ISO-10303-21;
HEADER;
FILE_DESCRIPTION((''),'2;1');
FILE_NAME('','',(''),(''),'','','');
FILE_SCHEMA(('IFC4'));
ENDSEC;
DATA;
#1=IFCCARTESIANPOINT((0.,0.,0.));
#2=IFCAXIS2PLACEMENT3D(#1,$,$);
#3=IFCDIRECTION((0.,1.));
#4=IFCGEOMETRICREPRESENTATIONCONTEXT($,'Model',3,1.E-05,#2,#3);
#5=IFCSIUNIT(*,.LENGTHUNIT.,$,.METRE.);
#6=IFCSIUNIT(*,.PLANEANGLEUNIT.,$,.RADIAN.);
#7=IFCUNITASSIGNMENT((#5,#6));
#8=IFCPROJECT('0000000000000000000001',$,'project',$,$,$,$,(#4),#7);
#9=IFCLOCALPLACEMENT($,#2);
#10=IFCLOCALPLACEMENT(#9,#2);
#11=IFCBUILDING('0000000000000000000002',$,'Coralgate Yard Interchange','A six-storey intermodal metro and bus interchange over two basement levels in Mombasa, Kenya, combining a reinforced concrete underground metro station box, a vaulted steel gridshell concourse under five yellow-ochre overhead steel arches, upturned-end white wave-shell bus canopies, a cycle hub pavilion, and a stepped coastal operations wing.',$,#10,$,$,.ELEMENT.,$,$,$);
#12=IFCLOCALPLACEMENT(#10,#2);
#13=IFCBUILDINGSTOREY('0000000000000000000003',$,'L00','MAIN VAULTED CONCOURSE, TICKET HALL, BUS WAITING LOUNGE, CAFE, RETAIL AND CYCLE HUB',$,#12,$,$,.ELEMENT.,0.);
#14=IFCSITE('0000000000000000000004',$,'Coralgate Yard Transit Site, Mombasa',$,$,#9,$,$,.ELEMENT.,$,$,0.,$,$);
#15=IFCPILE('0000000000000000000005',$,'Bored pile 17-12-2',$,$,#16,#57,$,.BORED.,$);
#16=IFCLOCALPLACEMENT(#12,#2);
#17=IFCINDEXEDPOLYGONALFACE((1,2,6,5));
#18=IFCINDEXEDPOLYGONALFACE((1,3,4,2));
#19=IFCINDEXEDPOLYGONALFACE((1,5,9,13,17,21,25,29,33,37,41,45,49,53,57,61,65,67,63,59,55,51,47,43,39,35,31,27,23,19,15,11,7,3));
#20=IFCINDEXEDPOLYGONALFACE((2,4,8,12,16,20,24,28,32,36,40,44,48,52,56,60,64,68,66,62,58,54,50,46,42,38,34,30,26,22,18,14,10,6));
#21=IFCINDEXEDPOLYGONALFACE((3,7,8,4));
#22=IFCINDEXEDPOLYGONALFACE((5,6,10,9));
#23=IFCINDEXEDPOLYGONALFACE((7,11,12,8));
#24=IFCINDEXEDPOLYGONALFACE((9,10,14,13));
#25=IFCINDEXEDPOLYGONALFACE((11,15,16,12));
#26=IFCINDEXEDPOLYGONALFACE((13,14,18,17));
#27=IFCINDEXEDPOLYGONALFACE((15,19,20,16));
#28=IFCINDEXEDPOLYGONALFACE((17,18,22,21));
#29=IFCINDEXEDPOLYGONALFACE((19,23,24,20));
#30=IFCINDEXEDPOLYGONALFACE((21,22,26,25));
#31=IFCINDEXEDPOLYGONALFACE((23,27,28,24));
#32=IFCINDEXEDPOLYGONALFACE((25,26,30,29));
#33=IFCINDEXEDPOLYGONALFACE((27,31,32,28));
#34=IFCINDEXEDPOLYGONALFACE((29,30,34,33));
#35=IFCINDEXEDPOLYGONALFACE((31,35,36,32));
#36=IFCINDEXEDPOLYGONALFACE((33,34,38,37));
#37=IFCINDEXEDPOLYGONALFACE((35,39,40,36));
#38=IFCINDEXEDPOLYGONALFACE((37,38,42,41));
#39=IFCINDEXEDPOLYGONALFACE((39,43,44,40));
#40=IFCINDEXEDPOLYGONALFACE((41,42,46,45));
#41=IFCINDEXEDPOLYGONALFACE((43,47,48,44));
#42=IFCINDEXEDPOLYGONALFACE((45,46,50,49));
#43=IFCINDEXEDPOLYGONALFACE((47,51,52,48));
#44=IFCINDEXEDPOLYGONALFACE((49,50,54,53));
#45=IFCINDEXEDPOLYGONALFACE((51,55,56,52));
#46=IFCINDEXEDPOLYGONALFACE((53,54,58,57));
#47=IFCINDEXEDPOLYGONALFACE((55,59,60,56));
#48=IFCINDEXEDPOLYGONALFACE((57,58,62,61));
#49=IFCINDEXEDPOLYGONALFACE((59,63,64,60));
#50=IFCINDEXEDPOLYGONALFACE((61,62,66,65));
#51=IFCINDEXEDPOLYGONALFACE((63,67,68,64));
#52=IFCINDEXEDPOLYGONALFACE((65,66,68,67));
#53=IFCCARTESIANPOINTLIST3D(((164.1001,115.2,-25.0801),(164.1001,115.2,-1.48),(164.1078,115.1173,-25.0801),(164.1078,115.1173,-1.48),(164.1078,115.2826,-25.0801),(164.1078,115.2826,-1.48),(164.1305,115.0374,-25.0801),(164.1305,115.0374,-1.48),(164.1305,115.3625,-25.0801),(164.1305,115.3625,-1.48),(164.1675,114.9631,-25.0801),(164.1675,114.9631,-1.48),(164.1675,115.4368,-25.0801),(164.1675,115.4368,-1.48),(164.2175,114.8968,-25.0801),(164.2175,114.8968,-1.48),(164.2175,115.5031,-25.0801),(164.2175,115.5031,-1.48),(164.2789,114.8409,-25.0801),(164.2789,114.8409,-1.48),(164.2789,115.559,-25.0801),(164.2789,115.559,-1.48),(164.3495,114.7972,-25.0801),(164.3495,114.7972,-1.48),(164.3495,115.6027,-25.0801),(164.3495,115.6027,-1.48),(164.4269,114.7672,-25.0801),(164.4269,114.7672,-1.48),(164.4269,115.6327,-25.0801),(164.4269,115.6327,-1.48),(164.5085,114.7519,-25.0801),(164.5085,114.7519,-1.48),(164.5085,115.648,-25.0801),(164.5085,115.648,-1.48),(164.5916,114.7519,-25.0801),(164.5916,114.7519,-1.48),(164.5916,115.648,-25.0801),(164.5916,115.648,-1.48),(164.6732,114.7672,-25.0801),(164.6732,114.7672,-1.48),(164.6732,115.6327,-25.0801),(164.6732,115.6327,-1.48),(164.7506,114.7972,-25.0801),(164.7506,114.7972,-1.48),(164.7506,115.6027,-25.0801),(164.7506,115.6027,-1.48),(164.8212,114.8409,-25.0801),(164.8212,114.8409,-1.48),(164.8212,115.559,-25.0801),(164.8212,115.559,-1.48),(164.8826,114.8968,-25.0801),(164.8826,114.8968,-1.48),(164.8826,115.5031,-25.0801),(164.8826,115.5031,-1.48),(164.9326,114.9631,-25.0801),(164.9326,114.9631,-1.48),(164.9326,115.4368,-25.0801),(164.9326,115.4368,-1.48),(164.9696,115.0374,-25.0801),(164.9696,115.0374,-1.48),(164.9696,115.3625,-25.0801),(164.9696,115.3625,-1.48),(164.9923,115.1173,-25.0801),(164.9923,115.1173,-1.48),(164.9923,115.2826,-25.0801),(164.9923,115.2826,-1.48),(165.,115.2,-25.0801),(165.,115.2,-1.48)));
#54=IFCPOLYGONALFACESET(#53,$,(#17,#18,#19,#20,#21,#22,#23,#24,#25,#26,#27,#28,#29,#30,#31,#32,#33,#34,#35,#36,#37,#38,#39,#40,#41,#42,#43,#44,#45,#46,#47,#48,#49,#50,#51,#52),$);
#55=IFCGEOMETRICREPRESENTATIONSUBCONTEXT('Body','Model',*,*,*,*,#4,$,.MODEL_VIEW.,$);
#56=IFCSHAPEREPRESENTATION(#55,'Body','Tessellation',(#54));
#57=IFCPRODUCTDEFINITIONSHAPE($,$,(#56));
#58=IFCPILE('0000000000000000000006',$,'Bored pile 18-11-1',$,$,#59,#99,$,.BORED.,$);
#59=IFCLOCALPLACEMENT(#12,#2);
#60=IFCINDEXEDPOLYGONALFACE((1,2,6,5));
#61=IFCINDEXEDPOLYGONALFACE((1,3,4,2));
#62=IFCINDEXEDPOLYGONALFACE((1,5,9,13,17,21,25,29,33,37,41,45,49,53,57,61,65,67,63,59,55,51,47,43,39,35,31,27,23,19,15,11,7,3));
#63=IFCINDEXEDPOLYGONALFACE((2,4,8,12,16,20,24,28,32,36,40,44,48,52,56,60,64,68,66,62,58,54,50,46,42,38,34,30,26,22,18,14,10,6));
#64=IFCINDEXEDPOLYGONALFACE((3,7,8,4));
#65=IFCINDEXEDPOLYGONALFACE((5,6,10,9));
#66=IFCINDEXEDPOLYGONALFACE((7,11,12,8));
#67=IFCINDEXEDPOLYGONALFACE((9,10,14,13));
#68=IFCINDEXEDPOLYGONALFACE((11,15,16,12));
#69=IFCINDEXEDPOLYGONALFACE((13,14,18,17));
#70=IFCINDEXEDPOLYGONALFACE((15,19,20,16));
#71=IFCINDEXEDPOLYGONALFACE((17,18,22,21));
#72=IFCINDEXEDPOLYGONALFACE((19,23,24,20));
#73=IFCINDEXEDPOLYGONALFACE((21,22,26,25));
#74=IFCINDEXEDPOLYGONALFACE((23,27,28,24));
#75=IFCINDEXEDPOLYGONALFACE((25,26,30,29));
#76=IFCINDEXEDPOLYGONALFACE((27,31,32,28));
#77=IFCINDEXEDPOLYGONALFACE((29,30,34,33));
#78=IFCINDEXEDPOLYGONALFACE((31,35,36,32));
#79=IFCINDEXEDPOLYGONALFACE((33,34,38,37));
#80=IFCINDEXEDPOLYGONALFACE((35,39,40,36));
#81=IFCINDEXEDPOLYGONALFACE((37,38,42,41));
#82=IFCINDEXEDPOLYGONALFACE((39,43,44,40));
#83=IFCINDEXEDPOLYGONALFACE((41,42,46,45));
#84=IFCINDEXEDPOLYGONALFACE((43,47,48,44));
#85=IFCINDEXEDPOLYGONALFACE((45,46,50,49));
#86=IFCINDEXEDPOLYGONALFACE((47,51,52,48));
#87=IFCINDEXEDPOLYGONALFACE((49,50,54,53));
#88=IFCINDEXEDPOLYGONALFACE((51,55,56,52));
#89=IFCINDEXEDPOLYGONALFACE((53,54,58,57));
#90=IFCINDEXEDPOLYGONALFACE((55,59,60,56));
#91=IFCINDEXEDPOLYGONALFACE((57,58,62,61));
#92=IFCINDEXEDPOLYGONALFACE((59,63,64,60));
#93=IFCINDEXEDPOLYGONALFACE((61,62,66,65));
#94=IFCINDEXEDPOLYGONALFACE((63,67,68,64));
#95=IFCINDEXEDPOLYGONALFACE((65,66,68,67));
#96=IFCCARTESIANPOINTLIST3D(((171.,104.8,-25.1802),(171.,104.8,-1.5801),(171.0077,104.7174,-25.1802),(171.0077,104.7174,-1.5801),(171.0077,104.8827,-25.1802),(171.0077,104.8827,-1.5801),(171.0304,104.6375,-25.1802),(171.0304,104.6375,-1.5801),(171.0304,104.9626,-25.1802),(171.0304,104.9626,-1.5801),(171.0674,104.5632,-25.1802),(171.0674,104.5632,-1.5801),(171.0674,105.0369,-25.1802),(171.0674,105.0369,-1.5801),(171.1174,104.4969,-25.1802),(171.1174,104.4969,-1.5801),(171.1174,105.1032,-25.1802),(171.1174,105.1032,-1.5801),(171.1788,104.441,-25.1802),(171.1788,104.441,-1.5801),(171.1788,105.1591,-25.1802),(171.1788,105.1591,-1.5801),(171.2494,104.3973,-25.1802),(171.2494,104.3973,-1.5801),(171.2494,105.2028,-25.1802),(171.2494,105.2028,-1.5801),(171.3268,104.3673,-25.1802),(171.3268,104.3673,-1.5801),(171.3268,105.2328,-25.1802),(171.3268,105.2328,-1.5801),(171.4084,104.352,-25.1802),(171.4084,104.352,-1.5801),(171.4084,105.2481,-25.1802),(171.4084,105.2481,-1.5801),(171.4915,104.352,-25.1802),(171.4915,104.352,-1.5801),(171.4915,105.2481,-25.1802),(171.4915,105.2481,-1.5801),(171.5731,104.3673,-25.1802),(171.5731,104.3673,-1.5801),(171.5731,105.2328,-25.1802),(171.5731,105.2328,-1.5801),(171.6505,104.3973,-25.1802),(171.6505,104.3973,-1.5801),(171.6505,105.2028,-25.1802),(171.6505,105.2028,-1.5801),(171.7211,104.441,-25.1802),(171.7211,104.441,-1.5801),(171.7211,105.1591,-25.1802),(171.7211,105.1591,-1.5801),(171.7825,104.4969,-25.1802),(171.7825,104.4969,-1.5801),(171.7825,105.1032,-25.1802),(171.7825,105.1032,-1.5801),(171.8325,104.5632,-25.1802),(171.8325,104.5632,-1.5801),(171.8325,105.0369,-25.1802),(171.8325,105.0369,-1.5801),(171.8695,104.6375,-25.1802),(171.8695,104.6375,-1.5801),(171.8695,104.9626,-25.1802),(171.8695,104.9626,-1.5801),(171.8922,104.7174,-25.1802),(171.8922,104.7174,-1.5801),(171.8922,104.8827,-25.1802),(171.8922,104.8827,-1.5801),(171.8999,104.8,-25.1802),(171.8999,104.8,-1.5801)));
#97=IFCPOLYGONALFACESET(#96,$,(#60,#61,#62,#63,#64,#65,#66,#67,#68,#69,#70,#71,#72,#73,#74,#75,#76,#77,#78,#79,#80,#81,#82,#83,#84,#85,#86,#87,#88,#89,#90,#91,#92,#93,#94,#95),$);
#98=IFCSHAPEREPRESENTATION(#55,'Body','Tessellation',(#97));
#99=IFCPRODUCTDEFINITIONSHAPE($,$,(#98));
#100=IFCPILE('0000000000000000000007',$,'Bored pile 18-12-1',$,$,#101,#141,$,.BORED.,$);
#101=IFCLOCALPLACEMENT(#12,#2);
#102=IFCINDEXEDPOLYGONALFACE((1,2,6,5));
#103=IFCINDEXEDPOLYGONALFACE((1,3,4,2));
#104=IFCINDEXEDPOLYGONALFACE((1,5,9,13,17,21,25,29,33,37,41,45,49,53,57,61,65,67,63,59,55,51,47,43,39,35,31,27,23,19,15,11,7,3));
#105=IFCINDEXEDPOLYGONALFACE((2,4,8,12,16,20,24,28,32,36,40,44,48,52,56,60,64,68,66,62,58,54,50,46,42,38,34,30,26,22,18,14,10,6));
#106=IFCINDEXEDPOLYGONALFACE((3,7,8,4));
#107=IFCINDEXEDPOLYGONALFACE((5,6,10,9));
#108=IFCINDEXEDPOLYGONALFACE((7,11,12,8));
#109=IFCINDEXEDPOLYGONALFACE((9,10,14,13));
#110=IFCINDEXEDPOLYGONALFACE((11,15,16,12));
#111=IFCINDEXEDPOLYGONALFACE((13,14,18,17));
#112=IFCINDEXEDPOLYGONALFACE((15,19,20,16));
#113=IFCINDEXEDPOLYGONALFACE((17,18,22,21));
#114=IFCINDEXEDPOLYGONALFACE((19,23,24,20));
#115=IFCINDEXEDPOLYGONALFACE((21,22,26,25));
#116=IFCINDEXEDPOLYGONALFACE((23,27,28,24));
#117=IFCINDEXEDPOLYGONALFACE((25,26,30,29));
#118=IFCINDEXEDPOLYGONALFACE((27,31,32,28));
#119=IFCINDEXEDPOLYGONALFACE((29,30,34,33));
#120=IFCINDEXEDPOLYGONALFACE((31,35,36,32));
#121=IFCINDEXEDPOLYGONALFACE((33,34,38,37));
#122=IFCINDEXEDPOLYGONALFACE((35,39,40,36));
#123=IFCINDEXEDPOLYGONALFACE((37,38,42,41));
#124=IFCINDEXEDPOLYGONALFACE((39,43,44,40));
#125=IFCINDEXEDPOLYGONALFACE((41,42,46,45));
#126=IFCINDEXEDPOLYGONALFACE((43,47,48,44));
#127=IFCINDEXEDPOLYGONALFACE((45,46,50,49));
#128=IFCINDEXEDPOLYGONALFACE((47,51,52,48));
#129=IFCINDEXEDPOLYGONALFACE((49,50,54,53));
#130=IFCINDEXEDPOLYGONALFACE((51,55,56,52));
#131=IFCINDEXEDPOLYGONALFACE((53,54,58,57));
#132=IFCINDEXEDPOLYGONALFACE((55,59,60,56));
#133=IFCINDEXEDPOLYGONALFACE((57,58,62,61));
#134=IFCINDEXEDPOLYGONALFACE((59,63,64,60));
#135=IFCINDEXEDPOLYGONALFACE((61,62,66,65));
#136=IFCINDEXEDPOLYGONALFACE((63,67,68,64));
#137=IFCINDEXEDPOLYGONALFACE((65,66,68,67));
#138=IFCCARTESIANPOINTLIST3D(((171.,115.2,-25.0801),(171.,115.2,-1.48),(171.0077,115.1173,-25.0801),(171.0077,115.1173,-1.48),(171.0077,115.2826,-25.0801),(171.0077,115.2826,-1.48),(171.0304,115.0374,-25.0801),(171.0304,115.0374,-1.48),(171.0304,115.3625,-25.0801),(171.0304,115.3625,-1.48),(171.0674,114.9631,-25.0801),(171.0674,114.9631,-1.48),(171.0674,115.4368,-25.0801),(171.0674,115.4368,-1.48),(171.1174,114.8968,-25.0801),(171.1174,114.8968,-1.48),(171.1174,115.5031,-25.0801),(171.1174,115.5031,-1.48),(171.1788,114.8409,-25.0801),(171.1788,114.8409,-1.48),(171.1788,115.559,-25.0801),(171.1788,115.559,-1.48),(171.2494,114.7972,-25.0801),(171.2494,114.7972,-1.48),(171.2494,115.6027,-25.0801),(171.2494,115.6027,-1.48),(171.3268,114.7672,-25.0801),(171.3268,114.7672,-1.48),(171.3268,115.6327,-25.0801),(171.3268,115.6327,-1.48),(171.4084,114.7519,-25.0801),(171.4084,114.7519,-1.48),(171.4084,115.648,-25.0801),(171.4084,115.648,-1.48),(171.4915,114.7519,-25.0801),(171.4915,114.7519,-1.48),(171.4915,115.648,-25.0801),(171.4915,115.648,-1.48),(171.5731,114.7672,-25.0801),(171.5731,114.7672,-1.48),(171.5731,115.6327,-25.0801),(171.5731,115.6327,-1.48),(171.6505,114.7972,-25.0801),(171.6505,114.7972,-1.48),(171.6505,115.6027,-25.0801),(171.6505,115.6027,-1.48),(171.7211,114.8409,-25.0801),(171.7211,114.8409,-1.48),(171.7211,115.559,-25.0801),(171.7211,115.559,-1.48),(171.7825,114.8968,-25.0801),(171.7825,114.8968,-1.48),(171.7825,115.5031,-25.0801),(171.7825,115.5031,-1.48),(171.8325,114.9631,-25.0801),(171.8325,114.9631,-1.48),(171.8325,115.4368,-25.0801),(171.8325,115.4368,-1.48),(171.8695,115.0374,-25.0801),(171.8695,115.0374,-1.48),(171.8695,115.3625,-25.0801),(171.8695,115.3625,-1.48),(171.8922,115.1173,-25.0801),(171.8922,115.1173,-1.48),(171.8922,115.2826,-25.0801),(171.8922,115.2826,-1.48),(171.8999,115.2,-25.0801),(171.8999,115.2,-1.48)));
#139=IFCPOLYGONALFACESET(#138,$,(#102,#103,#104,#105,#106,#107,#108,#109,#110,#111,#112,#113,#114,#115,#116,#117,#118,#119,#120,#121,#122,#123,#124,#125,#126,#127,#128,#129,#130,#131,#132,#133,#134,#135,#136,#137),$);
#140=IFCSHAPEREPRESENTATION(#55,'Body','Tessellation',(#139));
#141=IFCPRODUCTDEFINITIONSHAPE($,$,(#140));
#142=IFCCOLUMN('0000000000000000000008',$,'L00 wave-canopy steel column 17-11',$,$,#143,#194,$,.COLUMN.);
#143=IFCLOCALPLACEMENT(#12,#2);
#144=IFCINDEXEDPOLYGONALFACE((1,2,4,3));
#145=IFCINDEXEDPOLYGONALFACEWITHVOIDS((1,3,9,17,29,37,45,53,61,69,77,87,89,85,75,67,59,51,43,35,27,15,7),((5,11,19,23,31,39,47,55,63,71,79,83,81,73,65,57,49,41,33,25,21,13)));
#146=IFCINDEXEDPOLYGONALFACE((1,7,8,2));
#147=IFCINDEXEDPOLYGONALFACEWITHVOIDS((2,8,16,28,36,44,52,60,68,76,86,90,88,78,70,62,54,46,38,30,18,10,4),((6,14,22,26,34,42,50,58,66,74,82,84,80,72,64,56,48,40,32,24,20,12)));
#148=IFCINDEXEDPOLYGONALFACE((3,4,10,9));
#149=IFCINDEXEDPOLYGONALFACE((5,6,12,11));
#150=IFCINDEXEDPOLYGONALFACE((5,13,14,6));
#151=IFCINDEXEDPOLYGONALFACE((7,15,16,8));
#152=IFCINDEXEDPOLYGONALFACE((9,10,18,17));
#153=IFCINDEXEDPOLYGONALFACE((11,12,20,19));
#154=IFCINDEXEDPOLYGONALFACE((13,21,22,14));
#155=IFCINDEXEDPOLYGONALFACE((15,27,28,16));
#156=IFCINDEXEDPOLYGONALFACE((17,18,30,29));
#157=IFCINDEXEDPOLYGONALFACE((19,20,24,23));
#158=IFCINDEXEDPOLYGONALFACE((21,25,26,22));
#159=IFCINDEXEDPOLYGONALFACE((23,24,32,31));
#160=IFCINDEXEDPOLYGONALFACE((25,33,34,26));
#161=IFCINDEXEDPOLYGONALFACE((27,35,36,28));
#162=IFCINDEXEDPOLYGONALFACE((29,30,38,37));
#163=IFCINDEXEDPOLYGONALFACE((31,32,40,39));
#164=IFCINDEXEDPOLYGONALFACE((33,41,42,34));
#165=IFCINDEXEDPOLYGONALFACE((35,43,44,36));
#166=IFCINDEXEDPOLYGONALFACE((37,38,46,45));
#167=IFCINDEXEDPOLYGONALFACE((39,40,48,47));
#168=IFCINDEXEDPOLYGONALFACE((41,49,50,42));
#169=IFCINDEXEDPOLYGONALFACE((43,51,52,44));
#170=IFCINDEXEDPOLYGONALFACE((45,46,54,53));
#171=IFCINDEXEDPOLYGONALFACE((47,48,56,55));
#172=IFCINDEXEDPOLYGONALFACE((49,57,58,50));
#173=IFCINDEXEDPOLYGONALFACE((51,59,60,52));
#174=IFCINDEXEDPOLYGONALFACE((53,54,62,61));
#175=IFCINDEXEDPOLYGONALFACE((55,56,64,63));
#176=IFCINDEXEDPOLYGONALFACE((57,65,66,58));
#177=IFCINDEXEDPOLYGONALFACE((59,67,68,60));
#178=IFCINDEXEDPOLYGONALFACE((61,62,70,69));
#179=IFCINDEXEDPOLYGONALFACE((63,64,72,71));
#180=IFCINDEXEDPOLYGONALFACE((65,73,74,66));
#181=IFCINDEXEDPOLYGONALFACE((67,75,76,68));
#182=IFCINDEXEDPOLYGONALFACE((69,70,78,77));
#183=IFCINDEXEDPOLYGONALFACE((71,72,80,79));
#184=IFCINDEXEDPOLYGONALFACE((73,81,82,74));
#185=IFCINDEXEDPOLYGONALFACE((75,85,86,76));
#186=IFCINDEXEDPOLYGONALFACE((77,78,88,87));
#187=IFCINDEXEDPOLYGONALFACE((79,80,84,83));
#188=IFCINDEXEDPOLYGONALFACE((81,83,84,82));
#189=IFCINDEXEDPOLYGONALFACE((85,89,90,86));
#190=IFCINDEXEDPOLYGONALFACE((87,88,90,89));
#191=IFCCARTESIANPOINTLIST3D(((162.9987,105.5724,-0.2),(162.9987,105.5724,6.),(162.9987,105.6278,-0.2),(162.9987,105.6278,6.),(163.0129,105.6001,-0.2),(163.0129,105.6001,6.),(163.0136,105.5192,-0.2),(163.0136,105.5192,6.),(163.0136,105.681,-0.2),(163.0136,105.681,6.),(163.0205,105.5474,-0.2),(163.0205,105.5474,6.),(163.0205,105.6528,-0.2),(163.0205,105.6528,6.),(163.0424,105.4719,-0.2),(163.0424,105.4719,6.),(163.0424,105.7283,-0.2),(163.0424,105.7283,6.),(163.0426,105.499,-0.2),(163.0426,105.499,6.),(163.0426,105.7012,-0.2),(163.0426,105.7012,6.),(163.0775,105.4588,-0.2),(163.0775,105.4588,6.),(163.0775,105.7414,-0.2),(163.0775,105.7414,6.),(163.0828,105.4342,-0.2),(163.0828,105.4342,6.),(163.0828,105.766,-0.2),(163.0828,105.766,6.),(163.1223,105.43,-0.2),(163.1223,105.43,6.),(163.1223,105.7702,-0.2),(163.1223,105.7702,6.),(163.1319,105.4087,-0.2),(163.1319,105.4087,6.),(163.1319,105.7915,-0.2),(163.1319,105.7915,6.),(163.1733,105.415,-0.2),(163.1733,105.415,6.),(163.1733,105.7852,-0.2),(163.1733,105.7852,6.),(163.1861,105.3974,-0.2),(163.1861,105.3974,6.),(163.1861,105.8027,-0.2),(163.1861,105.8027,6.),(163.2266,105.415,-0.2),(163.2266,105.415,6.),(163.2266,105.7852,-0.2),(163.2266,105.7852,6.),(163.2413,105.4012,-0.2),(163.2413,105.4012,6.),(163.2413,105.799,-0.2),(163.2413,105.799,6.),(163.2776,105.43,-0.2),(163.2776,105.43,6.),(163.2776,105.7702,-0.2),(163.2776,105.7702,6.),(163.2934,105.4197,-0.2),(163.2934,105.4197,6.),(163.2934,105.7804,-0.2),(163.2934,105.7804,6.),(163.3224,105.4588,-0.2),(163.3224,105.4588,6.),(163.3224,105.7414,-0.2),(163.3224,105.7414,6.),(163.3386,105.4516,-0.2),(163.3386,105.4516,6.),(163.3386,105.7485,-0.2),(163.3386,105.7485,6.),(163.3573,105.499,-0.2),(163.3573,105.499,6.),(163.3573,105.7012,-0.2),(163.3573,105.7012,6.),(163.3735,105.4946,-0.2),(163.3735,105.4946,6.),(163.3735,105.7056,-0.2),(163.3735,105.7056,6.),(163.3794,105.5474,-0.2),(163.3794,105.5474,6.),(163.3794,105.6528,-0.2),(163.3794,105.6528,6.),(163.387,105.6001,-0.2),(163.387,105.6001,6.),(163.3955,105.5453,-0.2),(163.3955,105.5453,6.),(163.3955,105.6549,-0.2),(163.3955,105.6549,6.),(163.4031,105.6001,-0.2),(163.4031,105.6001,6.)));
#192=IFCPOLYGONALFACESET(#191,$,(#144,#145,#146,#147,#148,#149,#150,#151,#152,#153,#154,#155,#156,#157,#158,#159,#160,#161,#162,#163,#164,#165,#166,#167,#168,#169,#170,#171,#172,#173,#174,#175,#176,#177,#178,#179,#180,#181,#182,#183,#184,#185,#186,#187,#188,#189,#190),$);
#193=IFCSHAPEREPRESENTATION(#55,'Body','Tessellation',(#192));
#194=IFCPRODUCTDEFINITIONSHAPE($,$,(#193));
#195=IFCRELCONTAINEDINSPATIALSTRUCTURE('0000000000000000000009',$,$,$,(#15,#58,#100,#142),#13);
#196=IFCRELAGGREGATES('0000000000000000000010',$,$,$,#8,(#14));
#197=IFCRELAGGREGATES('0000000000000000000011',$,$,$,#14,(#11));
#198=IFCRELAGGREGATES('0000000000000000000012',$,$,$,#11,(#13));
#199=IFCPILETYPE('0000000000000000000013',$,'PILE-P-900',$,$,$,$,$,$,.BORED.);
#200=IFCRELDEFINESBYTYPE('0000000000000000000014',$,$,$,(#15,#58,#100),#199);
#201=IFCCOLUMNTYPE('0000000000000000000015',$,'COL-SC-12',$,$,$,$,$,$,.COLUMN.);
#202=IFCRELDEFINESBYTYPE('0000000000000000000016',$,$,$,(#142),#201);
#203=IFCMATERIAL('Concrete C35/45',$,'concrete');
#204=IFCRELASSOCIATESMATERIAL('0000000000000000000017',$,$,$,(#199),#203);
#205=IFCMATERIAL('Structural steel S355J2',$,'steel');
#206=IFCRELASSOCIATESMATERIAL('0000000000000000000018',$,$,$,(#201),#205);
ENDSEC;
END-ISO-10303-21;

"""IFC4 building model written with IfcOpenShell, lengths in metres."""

from ifc_helpers import new_model, si_unit, direction, frame, origin, origin_2d, place, context, subcontext, project, spatial, circle, hollow_circle, extrude, material, material_profile, profile_set, type_object, element, save


model = new_model("IFC4")

# Units and contexts
model_context = context("Model", 3, precision=1e-05, world=origin(), true_north=direction((0.0, 1.0)))
body_context = subcontext(model_context, "Body", "Model", "MODEL_VIEW")
ifc_project = project(units=[si_unit("LENGTHUNIT", "METRE"), si_unit("PLANEANGLEUNIT", "RADIAN")], contexts=[model_context])

# Site, building, storey
site_placement = place(None, origin())
site = spatial("IfcSite", under=ifc_project, at=site_placement, Name="Coralgate Yard Transit Site, Mombasa", CompositionType="ELEMENT", RefElevation=0.0)
building_placement = place(site_placement, origin())
building = spatial("IfcBuilding", under=site, at=building_placement, Name="Coralgate Yard Interchange", Description="A six-storey intermodal metro and bus interchange over two basement levels in Mombasa, Kenya, combining a reinforced concrete underground metro station box, a vaulted steel gridshell concourse under five yellow-ochre overhead steel arches, upturned-end white wave-shell bus canopies, a cycle hub pavilion, and a stepped coastal operations wing.", CompositionType="ELEMENT")
storey_placement = place(building_placement, origin())
storey = spatial("IfcBuildingStorey", under=building, at=storey_placement, Name="L00", Description="MAIN VAULTED CONCOURSE, TICKET HALL, BUS WAITING LOUNGE, CAFE, RETAIL AND CYCLE HUB", CompositionType="ELEMENT", Elevation=0.0)

# Piles
ifc_material_1 = material(Name="Concrete C35/45", Category="concrete")
ifc_material_profile_1 = material_profile(ifc_material_1, circle(Radius=0.45, at=origin_2d()), Name="BORED PILE D900")
ifc_profile_set_1 = profile_set([ifc_material_profile_1], Name="Concrete C35/45")
pile_type = type_object("IfcPileType", Name="PILE-P-900", PredefinedType="BORED", material=ifc_profile_set_1)
for number, where, z_axis, x_axis, name in (
    (1, (164.55, 115.2, -1.48), (0.0, 0.0, -1.0), (1.0, 0.0, 0.0), "Bored pile 17-12-2"),
    (2, (171.45, 104.8, -1.5801), (0.0, 0.0, -1.0), (1.0, 0.0, 0.0), "Bored pile 18-11-1"),
    (3, (171.45, 115.2, -1.48), (0.0, 0.0, -1.0), (1.0, 0.0, 0.0), "Bored pile 18-12-1"),
):
    element("IfcPile", number, at=place(storey_placement, frame(where, z_axis=z_axis, x_axis=x_axis)), inside=storey, type_object=pile_type, Name=name, PredefinedType="BORED", context=body_context, shape_type="SweptSolid", body=[
        extrude(circle(Radius=0.45, at=origin_2d()), origin(), (0.0, 0.0, 1.0), 23.6001),
    ])

# Column
ifc_material_2 = material(Name="Structural steel S355J2", Category="steel")
ifc_material_profile_2 = material_profile(ifc_material_2, hollow_circle(Radius=0.2031, WallThickness=0.0161, at=origin_2d()), Name="CHS 406.4x16")
ifc_profile_set_2 = profile_set([ifc_material_profile_2], Name="Structural steel S355J2")
column_type_1 = type_object("IfcColumnType", Name="COL-SC-12", PredefinedType="COLUMN", material=ifc_profile_set_2)
column_1_placement = place(storey_placement, frame((163.2, 105.6001, -0.2), z_axis=(0.0, 0.0, 1.0), x_axis=(1.0, 0.0, 0.0)))
element("IfcColumn", 4, at=column_1_placement, inside=storey, type_object=column_type_1, Name="L00 wave-canopy steel column 17-11", PredefinedType="COLUMN", context=body_context, shape_type="SweptSolid", body=[
    extrude(hollow_circle(Radius=0.2031, WallThickness=0.0161, at=origin_2d()), origin(), (0.0, 0.0, 1.0), 6.2),
])

save(model, "model.ifc")
